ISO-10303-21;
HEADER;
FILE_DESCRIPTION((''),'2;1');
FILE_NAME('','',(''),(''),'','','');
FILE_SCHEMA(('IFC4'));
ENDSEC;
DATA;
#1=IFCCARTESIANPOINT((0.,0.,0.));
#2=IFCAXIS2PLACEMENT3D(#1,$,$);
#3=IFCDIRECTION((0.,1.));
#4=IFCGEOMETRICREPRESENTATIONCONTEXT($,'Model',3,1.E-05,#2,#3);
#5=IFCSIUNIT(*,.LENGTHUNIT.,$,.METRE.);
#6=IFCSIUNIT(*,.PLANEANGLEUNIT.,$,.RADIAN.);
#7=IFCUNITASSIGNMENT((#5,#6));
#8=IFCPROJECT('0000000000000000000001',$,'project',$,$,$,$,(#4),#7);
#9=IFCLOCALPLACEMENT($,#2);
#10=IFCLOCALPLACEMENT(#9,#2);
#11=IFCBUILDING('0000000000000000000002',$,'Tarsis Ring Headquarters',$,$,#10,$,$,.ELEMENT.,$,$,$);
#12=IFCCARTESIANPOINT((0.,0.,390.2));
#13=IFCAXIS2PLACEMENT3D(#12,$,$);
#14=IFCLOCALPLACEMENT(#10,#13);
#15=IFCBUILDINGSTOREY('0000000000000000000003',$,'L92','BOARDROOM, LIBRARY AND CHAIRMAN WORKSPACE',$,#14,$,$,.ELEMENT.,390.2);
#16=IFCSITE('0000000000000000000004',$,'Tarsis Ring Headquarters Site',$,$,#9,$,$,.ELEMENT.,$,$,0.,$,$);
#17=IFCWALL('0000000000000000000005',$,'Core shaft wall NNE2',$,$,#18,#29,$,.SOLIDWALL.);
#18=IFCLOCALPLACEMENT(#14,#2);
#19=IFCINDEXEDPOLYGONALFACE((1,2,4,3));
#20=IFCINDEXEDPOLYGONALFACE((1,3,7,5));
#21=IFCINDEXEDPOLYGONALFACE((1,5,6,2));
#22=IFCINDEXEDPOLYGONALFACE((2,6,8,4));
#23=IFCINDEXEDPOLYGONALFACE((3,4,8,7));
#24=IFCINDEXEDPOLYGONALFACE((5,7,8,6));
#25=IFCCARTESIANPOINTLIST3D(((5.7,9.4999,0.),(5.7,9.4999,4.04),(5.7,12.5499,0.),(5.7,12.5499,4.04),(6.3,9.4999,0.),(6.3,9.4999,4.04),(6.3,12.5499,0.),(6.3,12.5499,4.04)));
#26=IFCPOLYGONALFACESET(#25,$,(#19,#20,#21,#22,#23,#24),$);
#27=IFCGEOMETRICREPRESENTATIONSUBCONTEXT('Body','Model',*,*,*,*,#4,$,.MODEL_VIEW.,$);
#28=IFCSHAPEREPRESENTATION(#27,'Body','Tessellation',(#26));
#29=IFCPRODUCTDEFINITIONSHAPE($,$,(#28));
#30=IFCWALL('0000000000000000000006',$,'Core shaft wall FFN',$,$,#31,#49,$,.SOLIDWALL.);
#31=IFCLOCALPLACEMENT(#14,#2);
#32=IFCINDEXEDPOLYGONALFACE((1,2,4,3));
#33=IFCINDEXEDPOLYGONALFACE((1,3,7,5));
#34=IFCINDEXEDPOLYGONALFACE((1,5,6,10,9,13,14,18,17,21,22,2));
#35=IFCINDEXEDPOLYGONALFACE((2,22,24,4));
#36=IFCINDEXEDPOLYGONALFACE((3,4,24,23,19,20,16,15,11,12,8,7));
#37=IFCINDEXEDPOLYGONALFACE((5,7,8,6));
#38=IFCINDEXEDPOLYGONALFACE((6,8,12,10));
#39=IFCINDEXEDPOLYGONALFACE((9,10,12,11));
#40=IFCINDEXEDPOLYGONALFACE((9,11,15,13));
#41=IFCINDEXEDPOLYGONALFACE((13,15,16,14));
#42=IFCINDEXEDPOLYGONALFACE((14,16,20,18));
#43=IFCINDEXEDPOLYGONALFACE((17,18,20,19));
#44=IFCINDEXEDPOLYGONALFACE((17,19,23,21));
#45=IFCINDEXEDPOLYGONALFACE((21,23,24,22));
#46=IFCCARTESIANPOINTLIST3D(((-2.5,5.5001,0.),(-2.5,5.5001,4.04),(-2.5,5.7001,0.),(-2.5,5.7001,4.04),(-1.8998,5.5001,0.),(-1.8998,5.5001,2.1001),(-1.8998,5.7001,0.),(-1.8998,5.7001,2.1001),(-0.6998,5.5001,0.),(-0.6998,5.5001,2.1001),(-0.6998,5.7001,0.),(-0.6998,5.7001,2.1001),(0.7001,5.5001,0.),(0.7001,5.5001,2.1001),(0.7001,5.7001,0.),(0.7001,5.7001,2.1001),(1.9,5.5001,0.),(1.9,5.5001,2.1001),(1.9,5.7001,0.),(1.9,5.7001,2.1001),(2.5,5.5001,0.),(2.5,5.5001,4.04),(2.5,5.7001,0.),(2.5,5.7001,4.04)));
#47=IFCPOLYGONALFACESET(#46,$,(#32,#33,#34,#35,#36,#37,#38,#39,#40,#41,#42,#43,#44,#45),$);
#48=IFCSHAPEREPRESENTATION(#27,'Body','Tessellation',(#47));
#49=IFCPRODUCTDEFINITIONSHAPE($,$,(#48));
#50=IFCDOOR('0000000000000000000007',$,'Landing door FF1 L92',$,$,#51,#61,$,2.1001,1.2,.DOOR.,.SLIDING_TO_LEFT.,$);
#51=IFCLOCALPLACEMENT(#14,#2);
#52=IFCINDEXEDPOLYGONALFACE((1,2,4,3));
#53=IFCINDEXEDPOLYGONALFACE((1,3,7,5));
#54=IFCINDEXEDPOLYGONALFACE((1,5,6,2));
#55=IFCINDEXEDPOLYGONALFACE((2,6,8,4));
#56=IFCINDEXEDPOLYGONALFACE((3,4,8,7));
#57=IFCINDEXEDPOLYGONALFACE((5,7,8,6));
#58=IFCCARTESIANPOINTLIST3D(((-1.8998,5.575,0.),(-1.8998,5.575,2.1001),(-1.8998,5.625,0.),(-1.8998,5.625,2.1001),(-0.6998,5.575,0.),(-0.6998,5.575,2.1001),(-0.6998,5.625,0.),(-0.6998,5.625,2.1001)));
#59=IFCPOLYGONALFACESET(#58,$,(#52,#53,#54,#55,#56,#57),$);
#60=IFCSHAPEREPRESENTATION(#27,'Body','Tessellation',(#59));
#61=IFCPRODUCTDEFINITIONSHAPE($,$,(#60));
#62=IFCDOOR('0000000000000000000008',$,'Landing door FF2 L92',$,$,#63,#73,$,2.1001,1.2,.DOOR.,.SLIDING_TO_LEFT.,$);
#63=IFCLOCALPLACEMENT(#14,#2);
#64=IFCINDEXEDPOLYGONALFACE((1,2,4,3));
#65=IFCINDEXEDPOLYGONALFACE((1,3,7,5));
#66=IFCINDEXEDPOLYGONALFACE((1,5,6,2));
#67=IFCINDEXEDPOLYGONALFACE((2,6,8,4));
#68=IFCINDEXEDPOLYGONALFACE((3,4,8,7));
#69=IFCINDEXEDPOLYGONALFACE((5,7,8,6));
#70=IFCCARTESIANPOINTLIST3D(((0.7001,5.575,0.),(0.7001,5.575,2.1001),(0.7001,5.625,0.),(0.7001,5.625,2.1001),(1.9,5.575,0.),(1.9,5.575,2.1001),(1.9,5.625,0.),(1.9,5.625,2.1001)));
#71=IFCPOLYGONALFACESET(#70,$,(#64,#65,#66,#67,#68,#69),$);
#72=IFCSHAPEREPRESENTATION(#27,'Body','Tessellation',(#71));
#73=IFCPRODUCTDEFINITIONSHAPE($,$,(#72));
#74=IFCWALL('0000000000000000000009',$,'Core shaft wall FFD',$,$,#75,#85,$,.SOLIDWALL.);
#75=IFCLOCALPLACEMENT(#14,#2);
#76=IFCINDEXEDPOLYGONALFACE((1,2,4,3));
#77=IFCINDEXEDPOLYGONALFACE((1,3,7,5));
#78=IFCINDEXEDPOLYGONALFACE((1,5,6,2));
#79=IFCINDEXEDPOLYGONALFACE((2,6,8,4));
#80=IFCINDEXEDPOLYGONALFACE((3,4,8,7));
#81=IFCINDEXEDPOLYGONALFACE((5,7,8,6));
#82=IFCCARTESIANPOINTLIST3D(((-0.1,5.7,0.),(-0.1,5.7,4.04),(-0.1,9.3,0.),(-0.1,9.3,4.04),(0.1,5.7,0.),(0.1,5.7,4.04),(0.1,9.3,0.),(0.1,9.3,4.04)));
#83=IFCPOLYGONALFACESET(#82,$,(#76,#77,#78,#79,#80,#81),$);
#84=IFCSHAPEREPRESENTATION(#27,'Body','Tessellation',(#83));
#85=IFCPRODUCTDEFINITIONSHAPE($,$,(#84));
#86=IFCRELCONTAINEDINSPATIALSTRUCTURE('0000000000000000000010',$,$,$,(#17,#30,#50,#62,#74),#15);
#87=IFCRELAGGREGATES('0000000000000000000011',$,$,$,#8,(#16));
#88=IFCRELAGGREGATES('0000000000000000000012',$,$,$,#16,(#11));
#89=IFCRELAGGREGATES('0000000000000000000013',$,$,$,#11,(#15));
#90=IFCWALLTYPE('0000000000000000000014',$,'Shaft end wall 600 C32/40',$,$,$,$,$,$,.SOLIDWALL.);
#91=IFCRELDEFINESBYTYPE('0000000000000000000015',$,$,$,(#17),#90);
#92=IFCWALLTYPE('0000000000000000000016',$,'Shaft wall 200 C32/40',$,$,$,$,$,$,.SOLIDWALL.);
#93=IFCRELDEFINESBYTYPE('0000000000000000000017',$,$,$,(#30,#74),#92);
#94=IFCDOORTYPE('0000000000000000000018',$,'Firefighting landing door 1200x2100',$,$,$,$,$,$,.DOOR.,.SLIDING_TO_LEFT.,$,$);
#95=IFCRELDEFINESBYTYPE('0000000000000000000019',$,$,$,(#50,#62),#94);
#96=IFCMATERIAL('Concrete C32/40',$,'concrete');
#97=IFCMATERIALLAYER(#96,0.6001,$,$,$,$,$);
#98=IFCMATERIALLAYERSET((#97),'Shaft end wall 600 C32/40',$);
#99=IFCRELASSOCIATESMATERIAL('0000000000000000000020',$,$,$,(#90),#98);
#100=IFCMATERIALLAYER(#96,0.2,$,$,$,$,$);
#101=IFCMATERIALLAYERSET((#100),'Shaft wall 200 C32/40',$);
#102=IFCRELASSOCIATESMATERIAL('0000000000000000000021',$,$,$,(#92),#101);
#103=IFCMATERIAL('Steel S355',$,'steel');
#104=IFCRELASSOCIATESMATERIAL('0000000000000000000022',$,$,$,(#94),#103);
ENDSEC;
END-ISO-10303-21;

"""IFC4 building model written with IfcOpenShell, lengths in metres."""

from ifc_helpers import new_model, si_unit, direction, frame, frame_2d, origin, place, context, subcontext, project, spatial, rectangle, extrude, material, layer, layer_set, type_object, element, fill, save


model = new_model("IFC4")

# Units and contexts
model_context = context("Model", 3, precision=1e-05, world=origin(), true_north=direction((0.0, 1.0)))
body_context = subcontext(model_context, "Body", "Model", "MODEL_VIEW")
ifc_project = project(units=[si_unit("LENGTHUNIT", "METRE"), si_unit("PLANEANGLEUNIT", "RADIAN")], contexts=[model_context])

# Site, building, storey
site_placement = place(None, origin())
site = spatial("IfcSite", under=ifc_project, at=site_placement, Name="Tarsis Ring Headquarters Site", CompositionType="ELEMENT", RefElevation=0.0)
building_placement = place(site_placement, origin())
building = spatial("IfcBuilding", under=site, at=building_placement, Name="Tarsis Ring Headquarters", CompositionType="ELEMENT")
storey_placement = place(building_placement, frame((0.0, 0.0, 390.2)))
storey = spatial("IfcBuildingStorey", under=building, at=storey_placement, Name="L92", Description="BOARDROOM, LIBRARY AND CHAIRMAN WORKSPACE", CompositionType="ELEMENT", Elevation=390.2)

# Wall
ifc_material_1 = material(Name="Concrete C32/40", Category="concrete")
ifc_layer_1 = layer(ifc_material_1, 0.6001)
ifc_layer_set_1 = layer_set([ifc_layer_1], Name="Shaft end wall 600 C32/40")
wall_type_1 = type_object("IfcWallType", Name="Shaft end wall 600 C32/40", PredefinedType="SOLIDWALL", material=ifc_layer_set_1)
wall_1_placement = place(storey_placement, frame((6.0, 9.5, 0.0), z_axis=(0.0, 0.0, 1.0), x_axis=(0.0, 1.0, 0.0)))
element("IfcWall", 1, at=wall_1_placement, inside=storey, type_object=wall_type_1, Name="Core shaft wall NNE2", PredefinedType="SOLIDWALL", context=body_context, shape_type="SweptSolid", body=[
    extrude(rectangle(XDim=3.05, YDim=0.6001, at=frame_2d((1.5249, 0.0))), origin(), (0.0, 0.0, 1.0), 4.04),
])

# Wall, openings, doors
ifc_layer_2 = layer(ifc_material_1, 0.2)
ifc_layer_set_2 = layer_set([ifc_layer_2], Name="Shaft wall 200 C32/40")
wall_type_2 = type_object("IfcWallType", Name="Shaft wall 200 C32/40", PredefinedType="SOLIDWALL", material=ifc_layer_set_2)
wall_2_placement = place(storey_placement, frame((-2.5, 5.6001, 0.0), z_axis=(0.0, 0.0, 1.0), x_axis=(1.0, 0.0, 0.0)))
wall_2 = element("IfcWall", 2, at=wall_2_placement, inside=storey, type_object=wall_type_2, Name="Core shaft wall FFN", PredefinedType="SOLIDWALL", context=body_context, shape_type="SweptSolid", body=[
    extrude(rectangle(XDim=5.0, YDim=0.2, at=frame_2d((2.5, 0.0))), origin(), (0.0, 0.0, 1.0), 4.04),
])
opening_1_placement = place(wall_2_placement, frame((0.6001, 0.0, 0.0)))
opening_1 = element("IfcOpeningElement", 3, at=opening_1_placement, cuts=wall_2, PredefinedType="OPENING", context=body_context, shape_type="SweptSolid", body=[
    extrude(rectangle(XDim=1.2, YDim=2.1001, at=frame_2d((0.6001, 1.05))), frame((0.0, 0.1099, 0.0), z_axis=(0.0, -1.0, 0.0), x_axis=(1.0, 0.0, 0.0)), (0.0, 0.0, 1.0), 0.22),
])
opening_2_placement = place(wall_2_placement, frame((3.2, 0.0, 0.0)))
opening_2 = element("IfcOpeningElement", 4, at=opening_2_placement, cuts=wall_2, PredefinedType="OPENING", context=body_context, shape_type="SweptSolid", body=[
    extrude(rectangle(XDim=1.2, YDim=2.1001, at=frame_2d((0.6001, 1.05))), frame((0.0, 0.1099, 0.0), z_axis=(0.0, -1.0, 0.0), x_axis=(1.0, 0.0, 0.0)), (0.0, 0.0, 1.0), 0.22),
])
ifc_material_2 = material(Name="Steel S355", Category="steel")
door_type = type_object("IfcDoorType", Name="Firefighting landing door 1200x2100", OperationType="SLIDING_TO_LEFT", PredefinedType="DOOR", material=ifc_material_2)
door_1_placement = place(opening_1_placement, origin())
door_1 = element("IfcDoor", 5, at=door_1_placement, inside=storey, type_object=door_type, Name="Landing door FF1 L92", OperationType="SLIDING_TO_LEFT", OverallHeight=2.1001, OverallWidth=1.2, PredefinedType="DOOR", context=body_context, shape_type="SweptSolid", body=[
    extrude(rectangle(XDim=1.2, YDim=2.1001, at=frame_2d((0.6001, 1.05))), frame((0.0, 0.0249, 0.0), z_axis=(0.0, -1.0, 0.0), x_axis=(1.0, 0.0, 0.0)), (0.0, 0.0, 1.0), 0.05),
])
fill(opening_1, door_1)
door_2_placement = place(opening_2_placement, origin())
door_2 = element("IfcDoor", 6, at=door_2_placement, inside=storey, type_object=door_type, Name="Landing door FF2 L92", OperationType="SLIDING_TO_LEFT", OverallHeight=2.1001, OverallWidth=1.2, PredefinedType="DOOR", context=body_context, shape_type="SweptSolid", body=[
    extrude(rectangle(XDim=1.2, YDim=2.1001, at=frame_2d((0.6001, 1.05))), frame((0.0, 0.0249, 0.0), z_axis=(0.0, -1.0, 0.0), x_axis=(1.0, 0.0, 0.0)), (0.0, 0.0, 1.0), 0.05),
])
fill(opening_2, door_2)

# Wall
wall_3_placement = place(storey_placement, frame((0.0, 5.7, 0.0), z_axis=(0.0, 0.0, 1.0), x_axis=(0.0, 1.0, 0.0)))
element("IfcWall", 7, at=wall_3_placement, inside=storey, type_object=wall_type_2, Name="Core shaft wall FFD", PredefinedType="SOLIDWALL", context=body_context, shape_type="SweptSolid", body=[
    extrude(rectangle(XDim=3.6001, YDim=0.2, at=frame_2d((1.8, 0.0))), origin(), (0.0, 0.0, 1.0), 4.04),
])

save(model, "model.ifc")
